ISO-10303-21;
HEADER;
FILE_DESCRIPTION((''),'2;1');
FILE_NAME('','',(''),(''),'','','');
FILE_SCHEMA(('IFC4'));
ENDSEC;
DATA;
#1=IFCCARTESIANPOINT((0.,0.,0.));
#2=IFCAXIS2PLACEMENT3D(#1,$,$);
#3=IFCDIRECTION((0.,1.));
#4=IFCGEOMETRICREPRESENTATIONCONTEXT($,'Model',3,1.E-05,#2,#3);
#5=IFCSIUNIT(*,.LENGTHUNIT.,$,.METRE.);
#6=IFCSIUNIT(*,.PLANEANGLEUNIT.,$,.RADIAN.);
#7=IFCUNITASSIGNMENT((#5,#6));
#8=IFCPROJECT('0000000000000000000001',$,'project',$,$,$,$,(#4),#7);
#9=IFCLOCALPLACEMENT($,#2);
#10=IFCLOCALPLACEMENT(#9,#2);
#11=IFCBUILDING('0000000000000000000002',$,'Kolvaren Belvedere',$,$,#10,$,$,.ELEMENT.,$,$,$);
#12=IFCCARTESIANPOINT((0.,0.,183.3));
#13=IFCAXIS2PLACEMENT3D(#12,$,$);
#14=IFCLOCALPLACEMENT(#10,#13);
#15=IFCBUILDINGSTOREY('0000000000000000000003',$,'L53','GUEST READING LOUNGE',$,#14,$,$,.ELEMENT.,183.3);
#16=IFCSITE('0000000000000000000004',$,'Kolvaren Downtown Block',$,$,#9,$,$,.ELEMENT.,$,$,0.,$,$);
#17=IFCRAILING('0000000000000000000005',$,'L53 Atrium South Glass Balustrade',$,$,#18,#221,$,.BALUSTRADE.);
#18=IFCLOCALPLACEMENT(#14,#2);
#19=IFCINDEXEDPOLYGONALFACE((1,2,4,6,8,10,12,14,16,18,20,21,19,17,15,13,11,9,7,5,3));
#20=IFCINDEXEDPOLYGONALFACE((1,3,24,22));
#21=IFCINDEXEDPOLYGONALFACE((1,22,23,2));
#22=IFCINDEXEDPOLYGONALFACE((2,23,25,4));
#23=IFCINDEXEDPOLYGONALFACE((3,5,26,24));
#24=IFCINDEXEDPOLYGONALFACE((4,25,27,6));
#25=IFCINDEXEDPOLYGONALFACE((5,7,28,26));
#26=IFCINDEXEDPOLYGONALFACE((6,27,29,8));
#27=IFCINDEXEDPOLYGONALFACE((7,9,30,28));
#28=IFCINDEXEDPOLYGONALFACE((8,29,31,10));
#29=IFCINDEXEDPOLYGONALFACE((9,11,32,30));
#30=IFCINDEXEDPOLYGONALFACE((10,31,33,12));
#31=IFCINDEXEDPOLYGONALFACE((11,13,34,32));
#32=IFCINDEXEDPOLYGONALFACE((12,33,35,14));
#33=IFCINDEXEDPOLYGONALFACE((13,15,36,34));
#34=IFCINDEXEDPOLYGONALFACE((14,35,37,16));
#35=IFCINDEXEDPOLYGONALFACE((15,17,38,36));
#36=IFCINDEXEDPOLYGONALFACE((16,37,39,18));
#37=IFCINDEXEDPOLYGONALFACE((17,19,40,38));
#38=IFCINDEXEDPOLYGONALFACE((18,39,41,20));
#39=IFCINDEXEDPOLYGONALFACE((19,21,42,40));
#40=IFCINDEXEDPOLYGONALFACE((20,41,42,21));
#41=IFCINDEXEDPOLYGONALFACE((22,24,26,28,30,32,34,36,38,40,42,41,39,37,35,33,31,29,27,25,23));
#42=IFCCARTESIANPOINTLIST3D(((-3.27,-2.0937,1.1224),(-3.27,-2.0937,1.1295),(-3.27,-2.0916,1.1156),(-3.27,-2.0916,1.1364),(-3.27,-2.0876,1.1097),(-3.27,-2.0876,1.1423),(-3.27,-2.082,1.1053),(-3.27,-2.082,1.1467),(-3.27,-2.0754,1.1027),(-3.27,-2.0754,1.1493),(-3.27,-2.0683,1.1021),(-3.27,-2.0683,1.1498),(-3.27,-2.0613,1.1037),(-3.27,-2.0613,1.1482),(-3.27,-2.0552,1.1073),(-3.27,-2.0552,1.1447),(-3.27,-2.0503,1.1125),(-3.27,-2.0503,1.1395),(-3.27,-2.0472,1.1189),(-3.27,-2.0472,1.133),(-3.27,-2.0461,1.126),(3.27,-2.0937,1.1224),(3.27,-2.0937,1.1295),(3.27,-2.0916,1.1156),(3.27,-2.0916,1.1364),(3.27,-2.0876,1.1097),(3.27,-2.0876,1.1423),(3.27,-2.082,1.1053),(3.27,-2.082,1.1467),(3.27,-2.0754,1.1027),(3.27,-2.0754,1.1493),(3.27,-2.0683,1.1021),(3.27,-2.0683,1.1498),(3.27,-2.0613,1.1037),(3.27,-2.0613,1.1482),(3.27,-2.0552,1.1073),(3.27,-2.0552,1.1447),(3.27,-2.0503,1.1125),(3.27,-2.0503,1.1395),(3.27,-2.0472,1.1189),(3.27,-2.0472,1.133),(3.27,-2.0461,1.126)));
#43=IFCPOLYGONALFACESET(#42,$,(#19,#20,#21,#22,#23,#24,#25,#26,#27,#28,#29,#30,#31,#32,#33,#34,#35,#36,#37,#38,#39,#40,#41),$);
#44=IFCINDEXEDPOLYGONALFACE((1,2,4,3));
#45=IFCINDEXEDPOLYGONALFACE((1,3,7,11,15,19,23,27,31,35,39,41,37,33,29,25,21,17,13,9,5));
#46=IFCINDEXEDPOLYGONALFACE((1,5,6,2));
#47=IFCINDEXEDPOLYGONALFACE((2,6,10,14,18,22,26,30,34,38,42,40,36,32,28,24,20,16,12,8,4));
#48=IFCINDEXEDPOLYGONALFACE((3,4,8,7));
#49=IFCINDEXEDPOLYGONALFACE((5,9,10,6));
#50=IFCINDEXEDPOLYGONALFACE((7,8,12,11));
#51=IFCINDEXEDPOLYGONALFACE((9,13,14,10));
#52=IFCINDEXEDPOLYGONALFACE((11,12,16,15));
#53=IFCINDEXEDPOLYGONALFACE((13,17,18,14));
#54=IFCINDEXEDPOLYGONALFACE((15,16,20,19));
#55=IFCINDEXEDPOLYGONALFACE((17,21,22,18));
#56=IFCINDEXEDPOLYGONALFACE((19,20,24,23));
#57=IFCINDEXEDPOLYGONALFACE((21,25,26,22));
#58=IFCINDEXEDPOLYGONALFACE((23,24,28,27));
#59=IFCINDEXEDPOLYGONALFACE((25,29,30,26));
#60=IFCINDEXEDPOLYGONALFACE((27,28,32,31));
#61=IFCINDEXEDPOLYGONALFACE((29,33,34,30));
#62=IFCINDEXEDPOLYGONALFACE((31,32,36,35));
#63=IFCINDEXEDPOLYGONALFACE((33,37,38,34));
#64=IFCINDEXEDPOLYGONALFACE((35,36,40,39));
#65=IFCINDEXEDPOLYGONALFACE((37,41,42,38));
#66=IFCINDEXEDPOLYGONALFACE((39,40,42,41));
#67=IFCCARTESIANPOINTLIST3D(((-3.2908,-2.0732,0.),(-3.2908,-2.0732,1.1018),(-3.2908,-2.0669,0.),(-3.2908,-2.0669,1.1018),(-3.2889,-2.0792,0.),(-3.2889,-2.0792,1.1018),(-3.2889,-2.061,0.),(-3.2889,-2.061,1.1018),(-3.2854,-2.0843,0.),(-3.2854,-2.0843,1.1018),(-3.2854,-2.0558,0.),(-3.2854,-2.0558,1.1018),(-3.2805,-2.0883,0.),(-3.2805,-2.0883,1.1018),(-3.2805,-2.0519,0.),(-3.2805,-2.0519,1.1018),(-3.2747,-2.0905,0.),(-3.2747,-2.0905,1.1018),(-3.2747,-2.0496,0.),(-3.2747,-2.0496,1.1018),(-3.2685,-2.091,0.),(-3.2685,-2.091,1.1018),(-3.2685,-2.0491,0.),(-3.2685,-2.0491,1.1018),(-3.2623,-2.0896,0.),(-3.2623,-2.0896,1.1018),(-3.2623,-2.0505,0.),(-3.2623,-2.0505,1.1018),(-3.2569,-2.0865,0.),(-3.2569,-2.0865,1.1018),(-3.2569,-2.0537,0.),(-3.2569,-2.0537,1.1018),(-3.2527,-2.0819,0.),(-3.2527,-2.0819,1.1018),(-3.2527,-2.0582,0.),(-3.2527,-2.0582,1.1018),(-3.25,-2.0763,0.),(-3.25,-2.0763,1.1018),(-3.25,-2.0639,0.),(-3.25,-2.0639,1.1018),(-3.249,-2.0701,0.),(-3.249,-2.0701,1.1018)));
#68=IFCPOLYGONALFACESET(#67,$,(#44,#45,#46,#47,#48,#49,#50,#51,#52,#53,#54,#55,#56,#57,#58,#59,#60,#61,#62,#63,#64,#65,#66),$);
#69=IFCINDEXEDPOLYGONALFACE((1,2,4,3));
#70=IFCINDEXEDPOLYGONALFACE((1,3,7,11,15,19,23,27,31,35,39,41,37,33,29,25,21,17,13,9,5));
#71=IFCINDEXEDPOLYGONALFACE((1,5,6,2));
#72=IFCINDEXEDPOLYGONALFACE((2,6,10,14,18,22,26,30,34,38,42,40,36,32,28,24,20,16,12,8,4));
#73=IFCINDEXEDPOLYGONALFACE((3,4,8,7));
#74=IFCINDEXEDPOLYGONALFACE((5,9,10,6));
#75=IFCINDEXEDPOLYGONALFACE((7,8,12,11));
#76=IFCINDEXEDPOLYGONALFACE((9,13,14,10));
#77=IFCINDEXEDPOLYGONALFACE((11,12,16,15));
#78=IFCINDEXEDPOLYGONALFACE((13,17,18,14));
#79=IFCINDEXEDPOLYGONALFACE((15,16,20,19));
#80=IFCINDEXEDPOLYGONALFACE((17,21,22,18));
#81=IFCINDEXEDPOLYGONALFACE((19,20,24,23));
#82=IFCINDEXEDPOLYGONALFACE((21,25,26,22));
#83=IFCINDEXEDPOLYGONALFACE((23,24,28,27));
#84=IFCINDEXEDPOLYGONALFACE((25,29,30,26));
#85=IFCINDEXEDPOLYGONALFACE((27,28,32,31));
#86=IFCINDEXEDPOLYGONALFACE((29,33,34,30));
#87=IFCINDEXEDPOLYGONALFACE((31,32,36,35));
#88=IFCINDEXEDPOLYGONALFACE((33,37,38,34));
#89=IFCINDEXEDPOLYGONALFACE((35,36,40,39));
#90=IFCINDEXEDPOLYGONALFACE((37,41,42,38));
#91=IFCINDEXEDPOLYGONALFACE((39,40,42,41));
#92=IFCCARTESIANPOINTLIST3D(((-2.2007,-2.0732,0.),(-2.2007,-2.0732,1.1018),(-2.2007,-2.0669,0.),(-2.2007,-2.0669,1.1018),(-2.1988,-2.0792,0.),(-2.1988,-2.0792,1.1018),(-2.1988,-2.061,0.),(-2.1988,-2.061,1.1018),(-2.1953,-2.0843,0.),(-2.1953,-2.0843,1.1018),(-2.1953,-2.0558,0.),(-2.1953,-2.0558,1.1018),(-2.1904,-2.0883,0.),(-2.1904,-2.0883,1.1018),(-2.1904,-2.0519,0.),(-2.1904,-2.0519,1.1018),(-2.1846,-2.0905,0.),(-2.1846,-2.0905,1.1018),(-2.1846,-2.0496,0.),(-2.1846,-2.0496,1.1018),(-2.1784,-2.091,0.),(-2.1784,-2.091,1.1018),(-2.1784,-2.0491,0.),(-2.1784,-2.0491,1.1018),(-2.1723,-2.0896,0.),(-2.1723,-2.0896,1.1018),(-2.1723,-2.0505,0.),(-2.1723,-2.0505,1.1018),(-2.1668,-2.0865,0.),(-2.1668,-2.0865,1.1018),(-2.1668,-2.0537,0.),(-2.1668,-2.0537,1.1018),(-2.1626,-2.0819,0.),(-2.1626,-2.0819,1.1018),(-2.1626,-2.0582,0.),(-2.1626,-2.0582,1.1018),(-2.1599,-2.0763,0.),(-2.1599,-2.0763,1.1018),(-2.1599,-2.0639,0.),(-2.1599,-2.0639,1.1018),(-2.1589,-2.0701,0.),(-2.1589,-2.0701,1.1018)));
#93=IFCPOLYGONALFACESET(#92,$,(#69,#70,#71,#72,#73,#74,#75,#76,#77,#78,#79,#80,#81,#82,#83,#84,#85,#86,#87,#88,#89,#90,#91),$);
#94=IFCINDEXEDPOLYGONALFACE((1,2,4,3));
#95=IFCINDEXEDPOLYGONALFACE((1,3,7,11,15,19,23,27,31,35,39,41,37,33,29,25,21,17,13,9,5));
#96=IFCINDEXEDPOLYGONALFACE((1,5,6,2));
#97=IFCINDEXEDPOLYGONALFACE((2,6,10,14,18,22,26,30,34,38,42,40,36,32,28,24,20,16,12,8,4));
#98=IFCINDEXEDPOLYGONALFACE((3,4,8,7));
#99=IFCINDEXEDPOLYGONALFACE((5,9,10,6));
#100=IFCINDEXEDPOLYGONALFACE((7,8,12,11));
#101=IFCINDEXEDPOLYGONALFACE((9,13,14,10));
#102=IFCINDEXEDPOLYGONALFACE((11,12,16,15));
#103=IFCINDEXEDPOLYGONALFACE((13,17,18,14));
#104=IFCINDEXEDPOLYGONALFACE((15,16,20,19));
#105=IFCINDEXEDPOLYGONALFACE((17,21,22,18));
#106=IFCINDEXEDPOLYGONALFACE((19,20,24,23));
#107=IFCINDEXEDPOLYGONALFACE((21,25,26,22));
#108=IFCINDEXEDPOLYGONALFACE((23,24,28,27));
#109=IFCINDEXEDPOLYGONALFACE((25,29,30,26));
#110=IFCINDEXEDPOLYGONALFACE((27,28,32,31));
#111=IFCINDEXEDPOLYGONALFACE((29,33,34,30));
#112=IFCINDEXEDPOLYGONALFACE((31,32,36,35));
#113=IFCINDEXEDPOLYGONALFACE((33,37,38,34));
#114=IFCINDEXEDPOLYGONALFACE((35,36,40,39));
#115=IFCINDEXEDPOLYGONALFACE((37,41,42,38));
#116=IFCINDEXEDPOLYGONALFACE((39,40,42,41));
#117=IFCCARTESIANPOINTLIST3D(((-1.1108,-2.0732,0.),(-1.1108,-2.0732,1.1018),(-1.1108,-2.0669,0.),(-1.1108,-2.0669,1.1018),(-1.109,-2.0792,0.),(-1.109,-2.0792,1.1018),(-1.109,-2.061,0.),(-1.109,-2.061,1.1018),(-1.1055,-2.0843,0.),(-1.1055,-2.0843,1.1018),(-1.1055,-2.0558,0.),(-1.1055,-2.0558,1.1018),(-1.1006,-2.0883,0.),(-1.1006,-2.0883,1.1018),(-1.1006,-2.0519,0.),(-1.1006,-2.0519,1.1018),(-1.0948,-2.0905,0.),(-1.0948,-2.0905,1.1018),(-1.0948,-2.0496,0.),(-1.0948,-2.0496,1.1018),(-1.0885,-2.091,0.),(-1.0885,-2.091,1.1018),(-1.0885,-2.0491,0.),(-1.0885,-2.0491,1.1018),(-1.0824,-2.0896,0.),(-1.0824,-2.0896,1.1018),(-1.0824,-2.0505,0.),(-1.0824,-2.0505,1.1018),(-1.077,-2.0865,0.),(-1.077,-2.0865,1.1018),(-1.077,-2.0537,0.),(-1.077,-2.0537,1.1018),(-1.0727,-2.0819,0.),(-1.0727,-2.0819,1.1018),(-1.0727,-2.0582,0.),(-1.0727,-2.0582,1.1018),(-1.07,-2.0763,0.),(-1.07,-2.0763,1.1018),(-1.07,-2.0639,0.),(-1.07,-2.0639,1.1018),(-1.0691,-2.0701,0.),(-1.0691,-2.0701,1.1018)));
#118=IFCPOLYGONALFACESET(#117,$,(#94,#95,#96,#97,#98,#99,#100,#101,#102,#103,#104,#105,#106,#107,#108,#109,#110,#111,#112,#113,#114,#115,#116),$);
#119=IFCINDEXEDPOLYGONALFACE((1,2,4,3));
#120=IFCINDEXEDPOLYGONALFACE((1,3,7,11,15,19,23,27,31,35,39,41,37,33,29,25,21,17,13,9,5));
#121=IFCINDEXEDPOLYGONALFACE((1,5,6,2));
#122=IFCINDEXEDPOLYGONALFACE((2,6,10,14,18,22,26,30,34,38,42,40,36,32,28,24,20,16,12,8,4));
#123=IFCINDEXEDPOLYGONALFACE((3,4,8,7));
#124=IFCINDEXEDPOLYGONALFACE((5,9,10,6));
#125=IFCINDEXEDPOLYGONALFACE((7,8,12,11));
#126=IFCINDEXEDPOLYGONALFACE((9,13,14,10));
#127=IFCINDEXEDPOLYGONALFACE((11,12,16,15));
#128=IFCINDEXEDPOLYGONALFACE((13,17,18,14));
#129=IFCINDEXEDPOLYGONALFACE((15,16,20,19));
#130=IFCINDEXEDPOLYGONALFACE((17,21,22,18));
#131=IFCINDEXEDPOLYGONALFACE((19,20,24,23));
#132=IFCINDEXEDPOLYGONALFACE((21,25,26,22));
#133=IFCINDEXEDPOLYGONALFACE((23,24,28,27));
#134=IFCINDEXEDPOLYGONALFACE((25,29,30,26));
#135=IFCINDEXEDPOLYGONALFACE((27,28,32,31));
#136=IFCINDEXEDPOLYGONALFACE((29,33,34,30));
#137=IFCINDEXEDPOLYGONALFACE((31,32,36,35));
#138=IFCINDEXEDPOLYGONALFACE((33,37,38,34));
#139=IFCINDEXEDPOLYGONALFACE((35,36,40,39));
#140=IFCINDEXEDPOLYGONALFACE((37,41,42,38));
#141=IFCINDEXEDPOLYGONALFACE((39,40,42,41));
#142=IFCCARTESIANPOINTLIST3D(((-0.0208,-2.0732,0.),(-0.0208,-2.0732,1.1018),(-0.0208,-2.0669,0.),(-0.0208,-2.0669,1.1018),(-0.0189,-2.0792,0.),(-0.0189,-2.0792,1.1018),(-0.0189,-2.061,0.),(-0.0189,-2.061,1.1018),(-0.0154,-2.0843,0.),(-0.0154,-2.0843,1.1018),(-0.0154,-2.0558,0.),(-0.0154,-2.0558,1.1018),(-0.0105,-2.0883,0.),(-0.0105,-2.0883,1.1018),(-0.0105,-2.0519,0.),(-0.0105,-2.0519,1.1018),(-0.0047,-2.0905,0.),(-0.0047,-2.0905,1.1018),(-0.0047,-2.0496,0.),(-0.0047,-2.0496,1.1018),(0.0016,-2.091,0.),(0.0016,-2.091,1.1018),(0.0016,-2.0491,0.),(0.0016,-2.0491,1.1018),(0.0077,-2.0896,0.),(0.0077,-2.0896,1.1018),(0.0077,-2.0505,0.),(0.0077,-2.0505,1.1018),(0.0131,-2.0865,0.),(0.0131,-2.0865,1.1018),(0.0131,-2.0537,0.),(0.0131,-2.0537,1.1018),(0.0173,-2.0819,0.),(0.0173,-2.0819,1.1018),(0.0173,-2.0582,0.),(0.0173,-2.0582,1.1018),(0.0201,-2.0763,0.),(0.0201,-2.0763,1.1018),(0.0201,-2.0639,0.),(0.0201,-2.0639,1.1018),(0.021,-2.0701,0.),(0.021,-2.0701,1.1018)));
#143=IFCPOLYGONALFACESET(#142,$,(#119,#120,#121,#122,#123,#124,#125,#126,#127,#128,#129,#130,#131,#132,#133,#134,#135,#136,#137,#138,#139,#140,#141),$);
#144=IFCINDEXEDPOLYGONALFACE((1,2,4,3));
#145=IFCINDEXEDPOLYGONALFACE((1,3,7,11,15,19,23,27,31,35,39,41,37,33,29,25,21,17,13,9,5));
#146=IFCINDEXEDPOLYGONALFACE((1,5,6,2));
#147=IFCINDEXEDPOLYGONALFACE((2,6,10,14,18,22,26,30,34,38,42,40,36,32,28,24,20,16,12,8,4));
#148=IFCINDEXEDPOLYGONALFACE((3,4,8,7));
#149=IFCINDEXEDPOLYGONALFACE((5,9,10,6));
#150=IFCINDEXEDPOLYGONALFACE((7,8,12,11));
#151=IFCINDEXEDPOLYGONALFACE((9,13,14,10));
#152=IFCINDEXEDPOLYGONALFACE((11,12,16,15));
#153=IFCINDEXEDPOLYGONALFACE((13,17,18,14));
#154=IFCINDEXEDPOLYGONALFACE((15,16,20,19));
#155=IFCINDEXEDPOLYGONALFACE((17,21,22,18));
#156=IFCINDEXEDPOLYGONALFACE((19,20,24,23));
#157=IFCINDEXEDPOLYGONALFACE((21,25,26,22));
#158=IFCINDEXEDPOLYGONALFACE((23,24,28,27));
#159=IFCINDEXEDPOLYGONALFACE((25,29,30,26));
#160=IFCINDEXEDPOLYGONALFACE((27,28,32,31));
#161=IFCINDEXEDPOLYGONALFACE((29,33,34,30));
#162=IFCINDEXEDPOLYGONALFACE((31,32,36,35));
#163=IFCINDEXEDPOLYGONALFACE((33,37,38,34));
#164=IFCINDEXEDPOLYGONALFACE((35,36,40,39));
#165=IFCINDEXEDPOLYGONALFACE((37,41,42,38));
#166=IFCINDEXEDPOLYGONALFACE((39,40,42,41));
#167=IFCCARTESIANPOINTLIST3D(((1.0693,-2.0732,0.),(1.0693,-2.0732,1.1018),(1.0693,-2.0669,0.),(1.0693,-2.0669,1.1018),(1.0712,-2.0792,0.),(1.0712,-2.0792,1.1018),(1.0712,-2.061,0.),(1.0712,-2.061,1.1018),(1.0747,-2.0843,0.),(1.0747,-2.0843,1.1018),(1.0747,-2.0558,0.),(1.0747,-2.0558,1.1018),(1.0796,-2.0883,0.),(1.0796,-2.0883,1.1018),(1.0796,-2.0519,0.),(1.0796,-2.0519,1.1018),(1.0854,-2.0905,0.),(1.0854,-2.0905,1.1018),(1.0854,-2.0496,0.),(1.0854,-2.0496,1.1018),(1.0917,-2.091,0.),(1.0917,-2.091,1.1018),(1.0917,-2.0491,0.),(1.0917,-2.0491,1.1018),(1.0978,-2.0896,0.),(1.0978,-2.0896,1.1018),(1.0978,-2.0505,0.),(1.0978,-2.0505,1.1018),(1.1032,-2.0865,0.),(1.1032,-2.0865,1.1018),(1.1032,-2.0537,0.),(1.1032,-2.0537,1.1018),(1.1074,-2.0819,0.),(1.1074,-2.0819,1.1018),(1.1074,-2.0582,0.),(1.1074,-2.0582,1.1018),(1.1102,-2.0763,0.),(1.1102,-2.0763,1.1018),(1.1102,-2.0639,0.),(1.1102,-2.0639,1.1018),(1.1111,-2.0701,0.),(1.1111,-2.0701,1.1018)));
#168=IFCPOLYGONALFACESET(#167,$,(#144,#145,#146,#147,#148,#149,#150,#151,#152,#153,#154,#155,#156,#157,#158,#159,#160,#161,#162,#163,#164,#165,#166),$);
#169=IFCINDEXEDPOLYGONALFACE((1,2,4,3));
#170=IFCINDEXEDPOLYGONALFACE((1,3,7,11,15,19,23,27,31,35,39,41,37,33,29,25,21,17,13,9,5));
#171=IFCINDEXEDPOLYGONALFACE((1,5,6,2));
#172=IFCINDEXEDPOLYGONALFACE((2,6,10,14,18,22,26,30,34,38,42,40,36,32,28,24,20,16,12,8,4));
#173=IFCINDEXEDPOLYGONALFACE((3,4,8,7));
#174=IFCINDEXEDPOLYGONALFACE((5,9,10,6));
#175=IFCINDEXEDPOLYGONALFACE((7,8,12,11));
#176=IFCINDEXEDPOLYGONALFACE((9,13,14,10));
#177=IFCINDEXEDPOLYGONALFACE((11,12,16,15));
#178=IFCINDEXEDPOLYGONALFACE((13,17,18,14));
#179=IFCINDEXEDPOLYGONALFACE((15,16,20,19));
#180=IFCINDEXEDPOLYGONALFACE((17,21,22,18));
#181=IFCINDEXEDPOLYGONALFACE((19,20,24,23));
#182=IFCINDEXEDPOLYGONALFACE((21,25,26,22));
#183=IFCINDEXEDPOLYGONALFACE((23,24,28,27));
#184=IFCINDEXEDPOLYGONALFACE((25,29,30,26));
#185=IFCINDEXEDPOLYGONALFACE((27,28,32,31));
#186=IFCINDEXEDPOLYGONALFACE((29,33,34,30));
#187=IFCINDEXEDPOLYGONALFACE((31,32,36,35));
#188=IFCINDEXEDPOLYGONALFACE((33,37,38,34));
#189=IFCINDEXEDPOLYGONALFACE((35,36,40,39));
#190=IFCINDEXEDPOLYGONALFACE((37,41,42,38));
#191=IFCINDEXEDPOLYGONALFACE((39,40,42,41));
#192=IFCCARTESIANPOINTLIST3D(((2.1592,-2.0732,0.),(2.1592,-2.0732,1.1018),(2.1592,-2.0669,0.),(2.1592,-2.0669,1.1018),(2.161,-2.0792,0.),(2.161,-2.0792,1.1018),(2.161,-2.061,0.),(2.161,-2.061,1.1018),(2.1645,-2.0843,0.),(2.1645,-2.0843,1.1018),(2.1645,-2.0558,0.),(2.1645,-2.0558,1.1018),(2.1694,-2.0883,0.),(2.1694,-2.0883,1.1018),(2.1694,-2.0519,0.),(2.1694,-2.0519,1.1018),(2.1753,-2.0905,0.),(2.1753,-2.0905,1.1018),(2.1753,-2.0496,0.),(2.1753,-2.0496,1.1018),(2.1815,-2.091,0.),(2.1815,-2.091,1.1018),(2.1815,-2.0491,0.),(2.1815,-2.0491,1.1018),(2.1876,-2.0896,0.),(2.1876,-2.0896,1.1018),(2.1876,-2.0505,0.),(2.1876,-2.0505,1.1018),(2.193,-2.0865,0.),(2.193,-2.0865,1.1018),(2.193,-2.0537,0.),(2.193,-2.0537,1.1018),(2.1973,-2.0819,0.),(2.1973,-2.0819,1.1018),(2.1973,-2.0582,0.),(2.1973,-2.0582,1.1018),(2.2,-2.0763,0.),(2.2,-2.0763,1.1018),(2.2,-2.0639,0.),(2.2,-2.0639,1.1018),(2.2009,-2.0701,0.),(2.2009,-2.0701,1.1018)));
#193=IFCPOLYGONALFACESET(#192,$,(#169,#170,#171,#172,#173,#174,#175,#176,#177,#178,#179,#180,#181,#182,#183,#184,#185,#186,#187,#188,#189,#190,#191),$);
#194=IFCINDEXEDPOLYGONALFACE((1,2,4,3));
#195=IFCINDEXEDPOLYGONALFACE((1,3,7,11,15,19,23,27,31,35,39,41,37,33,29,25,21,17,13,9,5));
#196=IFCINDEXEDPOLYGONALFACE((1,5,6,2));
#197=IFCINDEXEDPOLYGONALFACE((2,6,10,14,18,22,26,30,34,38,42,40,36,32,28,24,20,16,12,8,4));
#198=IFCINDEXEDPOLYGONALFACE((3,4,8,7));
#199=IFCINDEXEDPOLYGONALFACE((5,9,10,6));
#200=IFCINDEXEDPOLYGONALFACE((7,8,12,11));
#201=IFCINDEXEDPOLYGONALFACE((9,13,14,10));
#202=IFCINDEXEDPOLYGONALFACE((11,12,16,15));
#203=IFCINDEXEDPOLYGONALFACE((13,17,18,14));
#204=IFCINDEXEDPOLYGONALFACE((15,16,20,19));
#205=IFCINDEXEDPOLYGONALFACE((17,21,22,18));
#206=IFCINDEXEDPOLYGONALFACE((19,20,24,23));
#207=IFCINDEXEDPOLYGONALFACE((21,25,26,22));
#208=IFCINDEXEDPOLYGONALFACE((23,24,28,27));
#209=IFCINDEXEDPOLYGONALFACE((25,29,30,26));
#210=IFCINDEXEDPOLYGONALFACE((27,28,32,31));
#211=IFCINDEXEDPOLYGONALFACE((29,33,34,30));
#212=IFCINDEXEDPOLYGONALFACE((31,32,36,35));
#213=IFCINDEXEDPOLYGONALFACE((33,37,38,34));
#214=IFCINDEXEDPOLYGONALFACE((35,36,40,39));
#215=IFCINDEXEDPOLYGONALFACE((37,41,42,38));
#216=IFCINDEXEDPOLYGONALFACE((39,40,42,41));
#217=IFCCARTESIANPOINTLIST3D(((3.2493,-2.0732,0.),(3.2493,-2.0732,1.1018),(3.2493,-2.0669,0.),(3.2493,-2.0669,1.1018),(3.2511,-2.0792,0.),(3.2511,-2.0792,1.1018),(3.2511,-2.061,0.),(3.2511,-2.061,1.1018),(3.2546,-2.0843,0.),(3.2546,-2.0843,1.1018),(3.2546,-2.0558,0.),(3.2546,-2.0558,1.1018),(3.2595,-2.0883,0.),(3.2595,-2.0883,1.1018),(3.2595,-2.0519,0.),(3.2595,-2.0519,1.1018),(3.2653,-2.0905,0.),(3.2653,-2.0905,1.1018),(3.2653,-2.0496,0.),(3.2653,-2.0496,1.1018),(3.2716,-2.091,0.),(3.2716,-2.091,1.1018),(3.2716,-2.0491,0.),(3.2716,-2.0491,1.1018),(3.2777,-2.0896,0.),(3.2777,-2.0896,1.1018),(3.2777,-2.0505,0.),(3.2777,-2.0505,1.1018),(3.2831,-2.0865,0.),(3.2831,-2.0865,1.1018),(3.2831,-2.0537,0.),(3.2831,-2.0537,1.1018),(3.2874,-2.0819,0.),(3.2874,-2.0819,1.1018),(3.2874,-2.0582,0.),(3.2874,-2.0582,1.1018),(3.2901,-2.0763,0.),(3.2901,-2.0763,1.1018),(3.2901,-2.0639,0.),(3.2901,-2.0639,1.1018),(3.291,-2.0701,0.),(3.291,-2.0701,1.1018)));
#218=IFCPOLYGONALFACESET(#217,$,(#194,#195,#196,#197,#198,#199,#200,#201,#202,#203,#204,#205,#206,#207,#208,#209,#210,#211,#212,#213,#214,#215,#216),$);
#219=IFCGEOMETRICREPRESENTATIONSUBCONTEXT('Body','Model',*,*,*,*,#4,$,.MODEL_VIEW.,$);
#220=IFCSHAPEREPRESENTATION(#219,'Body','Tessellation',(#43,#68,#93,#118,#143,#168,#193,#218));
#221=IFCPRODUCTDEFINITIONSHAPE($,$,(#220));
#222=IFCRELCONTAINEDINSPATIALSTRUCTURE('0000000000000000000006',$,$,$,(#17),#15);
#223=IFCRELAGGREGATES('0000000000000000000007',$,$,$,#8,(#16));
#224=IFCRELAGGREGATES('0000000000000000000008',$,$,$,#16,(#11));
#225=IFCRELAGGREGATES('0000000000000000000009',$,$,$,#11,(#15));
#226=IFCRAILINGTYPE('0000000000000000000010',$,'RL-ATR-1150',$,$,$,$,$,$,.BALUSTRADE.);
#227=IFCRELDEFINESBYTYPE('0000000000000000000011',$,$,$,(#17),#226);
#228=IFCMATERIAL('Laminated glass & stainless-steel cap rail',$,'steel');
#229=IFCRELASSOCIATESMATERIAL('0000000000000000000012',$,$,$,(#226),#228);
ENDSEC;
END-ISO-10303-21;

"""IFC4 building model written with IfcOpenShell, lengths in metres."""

from ifc_helpers import new_model, si_unit, direction, frame, origin, origin_2d, place, context, subcontext, project, spatial, circle, extrude, material, type_object, element, save


model = new_model("IFC4")

# Units and contexts
model_context = context("Model", 3, precision=1e-05, world=origin(), true_north=direction((0.0, 1.0)))
body_context = subcontext(model_context, "Body", "Model", "MODEL_VIEW")
ifc_project = project(units=[si_unit("LENGTHUNIT", "METRE"), si_unit("PLANEANGLEUNIT", "RADIAN")], contexts=[model_context])

# Site, building, storey
site_placement = place(None, origin())
site = spatial("IfcSite", under=ifc_project, at=site_placement, Name="Kolvaren Downtown Block", CompositionType="ELEMENT", RefElevation=0.0)
building_placement = place(site_placement, origin())
building = spatial("IfcBuilding", under=site, at=building_placement, Name="Kolvaren Belvedere", CompositionType="ELEMENT")
storey_placement = place(building_placement, frame((0.0, 0.0, 183.3)))
storey = spatial("IfcBuildingStorey", under=building, at=storey_placement, Name="L53", Description="GUEST READING LOUNGE", CompositionType="ELEMENT", Elevation=183.3)

# Railing
ifc_material_1 = material(Name="Laminated glass & stainless-steel cap rail", Category="steel")
railing_type_1 = type_object("IfcRailingType", Name="RL-ATR-1150", PredefinedType="BALUSTRADE", material=ifc_material_1)
railing_1_placement = place(storey_placement, frame((-3.27, -2.0701, 0.0)))
element("IfcRailing", 1, at=railing_1_placement, inside=storey, type_object=railing_type_1, Name="L53 Atrium South Glass Balustrade", PredefinedType="BALUSTRADE", context=body_context, shape_type="SweptSolid", body=[
    extrude(circle(Radius=0.0239, at=origin_2d()), frame((0.0, 0.0, 1.126), z_axis=(1.0, 0.0, 0.0), x_axis=(0.0, 1.0, 0.0)), (0.0, 0.0, 1.0), 6.54),
    extrude(circle(Radius=0.021, at=origin_2d()), origin(), (0.0, 0.0, 1.0), 1.1018),
    extrude(circle(Radius=0.021, at=origin_2d()), frame((1.0901, 0.0, 0.0)), (0.0, 0.0, 1.0), 1.1018),
    extrude(circle(Radius=0.021, at=origin_2d()), frame((2.1799, 0.0, 0.0)), (0.0, 0.0, 1.0), 1.1018),
    extrude(circle(Radius=0.021, at=origin_2d()), frame((3.27, 0.0, 0.0)), (0.0, 0.0, 1.0), 1.1018),
    extrude(circle(Radius=0.021, at=origin_2d()), frame((4.3601, 0.0, 0.0)), (0.0, 0.0, 1.0), 1.1018),
    extrude(circle(Radius=0.021, at=origin_2d()), frame((5.45, 0.0, 0.0)), (0.0, 0.0, 1.0), 1.1018),
    extrude(circle(Radius=0.021, at=origin_2d()), frame((6.54, 0.0, 0.0)), (0.0, 0.0, 1.0), 1.1018),
])

save(model, "model.ifc")
